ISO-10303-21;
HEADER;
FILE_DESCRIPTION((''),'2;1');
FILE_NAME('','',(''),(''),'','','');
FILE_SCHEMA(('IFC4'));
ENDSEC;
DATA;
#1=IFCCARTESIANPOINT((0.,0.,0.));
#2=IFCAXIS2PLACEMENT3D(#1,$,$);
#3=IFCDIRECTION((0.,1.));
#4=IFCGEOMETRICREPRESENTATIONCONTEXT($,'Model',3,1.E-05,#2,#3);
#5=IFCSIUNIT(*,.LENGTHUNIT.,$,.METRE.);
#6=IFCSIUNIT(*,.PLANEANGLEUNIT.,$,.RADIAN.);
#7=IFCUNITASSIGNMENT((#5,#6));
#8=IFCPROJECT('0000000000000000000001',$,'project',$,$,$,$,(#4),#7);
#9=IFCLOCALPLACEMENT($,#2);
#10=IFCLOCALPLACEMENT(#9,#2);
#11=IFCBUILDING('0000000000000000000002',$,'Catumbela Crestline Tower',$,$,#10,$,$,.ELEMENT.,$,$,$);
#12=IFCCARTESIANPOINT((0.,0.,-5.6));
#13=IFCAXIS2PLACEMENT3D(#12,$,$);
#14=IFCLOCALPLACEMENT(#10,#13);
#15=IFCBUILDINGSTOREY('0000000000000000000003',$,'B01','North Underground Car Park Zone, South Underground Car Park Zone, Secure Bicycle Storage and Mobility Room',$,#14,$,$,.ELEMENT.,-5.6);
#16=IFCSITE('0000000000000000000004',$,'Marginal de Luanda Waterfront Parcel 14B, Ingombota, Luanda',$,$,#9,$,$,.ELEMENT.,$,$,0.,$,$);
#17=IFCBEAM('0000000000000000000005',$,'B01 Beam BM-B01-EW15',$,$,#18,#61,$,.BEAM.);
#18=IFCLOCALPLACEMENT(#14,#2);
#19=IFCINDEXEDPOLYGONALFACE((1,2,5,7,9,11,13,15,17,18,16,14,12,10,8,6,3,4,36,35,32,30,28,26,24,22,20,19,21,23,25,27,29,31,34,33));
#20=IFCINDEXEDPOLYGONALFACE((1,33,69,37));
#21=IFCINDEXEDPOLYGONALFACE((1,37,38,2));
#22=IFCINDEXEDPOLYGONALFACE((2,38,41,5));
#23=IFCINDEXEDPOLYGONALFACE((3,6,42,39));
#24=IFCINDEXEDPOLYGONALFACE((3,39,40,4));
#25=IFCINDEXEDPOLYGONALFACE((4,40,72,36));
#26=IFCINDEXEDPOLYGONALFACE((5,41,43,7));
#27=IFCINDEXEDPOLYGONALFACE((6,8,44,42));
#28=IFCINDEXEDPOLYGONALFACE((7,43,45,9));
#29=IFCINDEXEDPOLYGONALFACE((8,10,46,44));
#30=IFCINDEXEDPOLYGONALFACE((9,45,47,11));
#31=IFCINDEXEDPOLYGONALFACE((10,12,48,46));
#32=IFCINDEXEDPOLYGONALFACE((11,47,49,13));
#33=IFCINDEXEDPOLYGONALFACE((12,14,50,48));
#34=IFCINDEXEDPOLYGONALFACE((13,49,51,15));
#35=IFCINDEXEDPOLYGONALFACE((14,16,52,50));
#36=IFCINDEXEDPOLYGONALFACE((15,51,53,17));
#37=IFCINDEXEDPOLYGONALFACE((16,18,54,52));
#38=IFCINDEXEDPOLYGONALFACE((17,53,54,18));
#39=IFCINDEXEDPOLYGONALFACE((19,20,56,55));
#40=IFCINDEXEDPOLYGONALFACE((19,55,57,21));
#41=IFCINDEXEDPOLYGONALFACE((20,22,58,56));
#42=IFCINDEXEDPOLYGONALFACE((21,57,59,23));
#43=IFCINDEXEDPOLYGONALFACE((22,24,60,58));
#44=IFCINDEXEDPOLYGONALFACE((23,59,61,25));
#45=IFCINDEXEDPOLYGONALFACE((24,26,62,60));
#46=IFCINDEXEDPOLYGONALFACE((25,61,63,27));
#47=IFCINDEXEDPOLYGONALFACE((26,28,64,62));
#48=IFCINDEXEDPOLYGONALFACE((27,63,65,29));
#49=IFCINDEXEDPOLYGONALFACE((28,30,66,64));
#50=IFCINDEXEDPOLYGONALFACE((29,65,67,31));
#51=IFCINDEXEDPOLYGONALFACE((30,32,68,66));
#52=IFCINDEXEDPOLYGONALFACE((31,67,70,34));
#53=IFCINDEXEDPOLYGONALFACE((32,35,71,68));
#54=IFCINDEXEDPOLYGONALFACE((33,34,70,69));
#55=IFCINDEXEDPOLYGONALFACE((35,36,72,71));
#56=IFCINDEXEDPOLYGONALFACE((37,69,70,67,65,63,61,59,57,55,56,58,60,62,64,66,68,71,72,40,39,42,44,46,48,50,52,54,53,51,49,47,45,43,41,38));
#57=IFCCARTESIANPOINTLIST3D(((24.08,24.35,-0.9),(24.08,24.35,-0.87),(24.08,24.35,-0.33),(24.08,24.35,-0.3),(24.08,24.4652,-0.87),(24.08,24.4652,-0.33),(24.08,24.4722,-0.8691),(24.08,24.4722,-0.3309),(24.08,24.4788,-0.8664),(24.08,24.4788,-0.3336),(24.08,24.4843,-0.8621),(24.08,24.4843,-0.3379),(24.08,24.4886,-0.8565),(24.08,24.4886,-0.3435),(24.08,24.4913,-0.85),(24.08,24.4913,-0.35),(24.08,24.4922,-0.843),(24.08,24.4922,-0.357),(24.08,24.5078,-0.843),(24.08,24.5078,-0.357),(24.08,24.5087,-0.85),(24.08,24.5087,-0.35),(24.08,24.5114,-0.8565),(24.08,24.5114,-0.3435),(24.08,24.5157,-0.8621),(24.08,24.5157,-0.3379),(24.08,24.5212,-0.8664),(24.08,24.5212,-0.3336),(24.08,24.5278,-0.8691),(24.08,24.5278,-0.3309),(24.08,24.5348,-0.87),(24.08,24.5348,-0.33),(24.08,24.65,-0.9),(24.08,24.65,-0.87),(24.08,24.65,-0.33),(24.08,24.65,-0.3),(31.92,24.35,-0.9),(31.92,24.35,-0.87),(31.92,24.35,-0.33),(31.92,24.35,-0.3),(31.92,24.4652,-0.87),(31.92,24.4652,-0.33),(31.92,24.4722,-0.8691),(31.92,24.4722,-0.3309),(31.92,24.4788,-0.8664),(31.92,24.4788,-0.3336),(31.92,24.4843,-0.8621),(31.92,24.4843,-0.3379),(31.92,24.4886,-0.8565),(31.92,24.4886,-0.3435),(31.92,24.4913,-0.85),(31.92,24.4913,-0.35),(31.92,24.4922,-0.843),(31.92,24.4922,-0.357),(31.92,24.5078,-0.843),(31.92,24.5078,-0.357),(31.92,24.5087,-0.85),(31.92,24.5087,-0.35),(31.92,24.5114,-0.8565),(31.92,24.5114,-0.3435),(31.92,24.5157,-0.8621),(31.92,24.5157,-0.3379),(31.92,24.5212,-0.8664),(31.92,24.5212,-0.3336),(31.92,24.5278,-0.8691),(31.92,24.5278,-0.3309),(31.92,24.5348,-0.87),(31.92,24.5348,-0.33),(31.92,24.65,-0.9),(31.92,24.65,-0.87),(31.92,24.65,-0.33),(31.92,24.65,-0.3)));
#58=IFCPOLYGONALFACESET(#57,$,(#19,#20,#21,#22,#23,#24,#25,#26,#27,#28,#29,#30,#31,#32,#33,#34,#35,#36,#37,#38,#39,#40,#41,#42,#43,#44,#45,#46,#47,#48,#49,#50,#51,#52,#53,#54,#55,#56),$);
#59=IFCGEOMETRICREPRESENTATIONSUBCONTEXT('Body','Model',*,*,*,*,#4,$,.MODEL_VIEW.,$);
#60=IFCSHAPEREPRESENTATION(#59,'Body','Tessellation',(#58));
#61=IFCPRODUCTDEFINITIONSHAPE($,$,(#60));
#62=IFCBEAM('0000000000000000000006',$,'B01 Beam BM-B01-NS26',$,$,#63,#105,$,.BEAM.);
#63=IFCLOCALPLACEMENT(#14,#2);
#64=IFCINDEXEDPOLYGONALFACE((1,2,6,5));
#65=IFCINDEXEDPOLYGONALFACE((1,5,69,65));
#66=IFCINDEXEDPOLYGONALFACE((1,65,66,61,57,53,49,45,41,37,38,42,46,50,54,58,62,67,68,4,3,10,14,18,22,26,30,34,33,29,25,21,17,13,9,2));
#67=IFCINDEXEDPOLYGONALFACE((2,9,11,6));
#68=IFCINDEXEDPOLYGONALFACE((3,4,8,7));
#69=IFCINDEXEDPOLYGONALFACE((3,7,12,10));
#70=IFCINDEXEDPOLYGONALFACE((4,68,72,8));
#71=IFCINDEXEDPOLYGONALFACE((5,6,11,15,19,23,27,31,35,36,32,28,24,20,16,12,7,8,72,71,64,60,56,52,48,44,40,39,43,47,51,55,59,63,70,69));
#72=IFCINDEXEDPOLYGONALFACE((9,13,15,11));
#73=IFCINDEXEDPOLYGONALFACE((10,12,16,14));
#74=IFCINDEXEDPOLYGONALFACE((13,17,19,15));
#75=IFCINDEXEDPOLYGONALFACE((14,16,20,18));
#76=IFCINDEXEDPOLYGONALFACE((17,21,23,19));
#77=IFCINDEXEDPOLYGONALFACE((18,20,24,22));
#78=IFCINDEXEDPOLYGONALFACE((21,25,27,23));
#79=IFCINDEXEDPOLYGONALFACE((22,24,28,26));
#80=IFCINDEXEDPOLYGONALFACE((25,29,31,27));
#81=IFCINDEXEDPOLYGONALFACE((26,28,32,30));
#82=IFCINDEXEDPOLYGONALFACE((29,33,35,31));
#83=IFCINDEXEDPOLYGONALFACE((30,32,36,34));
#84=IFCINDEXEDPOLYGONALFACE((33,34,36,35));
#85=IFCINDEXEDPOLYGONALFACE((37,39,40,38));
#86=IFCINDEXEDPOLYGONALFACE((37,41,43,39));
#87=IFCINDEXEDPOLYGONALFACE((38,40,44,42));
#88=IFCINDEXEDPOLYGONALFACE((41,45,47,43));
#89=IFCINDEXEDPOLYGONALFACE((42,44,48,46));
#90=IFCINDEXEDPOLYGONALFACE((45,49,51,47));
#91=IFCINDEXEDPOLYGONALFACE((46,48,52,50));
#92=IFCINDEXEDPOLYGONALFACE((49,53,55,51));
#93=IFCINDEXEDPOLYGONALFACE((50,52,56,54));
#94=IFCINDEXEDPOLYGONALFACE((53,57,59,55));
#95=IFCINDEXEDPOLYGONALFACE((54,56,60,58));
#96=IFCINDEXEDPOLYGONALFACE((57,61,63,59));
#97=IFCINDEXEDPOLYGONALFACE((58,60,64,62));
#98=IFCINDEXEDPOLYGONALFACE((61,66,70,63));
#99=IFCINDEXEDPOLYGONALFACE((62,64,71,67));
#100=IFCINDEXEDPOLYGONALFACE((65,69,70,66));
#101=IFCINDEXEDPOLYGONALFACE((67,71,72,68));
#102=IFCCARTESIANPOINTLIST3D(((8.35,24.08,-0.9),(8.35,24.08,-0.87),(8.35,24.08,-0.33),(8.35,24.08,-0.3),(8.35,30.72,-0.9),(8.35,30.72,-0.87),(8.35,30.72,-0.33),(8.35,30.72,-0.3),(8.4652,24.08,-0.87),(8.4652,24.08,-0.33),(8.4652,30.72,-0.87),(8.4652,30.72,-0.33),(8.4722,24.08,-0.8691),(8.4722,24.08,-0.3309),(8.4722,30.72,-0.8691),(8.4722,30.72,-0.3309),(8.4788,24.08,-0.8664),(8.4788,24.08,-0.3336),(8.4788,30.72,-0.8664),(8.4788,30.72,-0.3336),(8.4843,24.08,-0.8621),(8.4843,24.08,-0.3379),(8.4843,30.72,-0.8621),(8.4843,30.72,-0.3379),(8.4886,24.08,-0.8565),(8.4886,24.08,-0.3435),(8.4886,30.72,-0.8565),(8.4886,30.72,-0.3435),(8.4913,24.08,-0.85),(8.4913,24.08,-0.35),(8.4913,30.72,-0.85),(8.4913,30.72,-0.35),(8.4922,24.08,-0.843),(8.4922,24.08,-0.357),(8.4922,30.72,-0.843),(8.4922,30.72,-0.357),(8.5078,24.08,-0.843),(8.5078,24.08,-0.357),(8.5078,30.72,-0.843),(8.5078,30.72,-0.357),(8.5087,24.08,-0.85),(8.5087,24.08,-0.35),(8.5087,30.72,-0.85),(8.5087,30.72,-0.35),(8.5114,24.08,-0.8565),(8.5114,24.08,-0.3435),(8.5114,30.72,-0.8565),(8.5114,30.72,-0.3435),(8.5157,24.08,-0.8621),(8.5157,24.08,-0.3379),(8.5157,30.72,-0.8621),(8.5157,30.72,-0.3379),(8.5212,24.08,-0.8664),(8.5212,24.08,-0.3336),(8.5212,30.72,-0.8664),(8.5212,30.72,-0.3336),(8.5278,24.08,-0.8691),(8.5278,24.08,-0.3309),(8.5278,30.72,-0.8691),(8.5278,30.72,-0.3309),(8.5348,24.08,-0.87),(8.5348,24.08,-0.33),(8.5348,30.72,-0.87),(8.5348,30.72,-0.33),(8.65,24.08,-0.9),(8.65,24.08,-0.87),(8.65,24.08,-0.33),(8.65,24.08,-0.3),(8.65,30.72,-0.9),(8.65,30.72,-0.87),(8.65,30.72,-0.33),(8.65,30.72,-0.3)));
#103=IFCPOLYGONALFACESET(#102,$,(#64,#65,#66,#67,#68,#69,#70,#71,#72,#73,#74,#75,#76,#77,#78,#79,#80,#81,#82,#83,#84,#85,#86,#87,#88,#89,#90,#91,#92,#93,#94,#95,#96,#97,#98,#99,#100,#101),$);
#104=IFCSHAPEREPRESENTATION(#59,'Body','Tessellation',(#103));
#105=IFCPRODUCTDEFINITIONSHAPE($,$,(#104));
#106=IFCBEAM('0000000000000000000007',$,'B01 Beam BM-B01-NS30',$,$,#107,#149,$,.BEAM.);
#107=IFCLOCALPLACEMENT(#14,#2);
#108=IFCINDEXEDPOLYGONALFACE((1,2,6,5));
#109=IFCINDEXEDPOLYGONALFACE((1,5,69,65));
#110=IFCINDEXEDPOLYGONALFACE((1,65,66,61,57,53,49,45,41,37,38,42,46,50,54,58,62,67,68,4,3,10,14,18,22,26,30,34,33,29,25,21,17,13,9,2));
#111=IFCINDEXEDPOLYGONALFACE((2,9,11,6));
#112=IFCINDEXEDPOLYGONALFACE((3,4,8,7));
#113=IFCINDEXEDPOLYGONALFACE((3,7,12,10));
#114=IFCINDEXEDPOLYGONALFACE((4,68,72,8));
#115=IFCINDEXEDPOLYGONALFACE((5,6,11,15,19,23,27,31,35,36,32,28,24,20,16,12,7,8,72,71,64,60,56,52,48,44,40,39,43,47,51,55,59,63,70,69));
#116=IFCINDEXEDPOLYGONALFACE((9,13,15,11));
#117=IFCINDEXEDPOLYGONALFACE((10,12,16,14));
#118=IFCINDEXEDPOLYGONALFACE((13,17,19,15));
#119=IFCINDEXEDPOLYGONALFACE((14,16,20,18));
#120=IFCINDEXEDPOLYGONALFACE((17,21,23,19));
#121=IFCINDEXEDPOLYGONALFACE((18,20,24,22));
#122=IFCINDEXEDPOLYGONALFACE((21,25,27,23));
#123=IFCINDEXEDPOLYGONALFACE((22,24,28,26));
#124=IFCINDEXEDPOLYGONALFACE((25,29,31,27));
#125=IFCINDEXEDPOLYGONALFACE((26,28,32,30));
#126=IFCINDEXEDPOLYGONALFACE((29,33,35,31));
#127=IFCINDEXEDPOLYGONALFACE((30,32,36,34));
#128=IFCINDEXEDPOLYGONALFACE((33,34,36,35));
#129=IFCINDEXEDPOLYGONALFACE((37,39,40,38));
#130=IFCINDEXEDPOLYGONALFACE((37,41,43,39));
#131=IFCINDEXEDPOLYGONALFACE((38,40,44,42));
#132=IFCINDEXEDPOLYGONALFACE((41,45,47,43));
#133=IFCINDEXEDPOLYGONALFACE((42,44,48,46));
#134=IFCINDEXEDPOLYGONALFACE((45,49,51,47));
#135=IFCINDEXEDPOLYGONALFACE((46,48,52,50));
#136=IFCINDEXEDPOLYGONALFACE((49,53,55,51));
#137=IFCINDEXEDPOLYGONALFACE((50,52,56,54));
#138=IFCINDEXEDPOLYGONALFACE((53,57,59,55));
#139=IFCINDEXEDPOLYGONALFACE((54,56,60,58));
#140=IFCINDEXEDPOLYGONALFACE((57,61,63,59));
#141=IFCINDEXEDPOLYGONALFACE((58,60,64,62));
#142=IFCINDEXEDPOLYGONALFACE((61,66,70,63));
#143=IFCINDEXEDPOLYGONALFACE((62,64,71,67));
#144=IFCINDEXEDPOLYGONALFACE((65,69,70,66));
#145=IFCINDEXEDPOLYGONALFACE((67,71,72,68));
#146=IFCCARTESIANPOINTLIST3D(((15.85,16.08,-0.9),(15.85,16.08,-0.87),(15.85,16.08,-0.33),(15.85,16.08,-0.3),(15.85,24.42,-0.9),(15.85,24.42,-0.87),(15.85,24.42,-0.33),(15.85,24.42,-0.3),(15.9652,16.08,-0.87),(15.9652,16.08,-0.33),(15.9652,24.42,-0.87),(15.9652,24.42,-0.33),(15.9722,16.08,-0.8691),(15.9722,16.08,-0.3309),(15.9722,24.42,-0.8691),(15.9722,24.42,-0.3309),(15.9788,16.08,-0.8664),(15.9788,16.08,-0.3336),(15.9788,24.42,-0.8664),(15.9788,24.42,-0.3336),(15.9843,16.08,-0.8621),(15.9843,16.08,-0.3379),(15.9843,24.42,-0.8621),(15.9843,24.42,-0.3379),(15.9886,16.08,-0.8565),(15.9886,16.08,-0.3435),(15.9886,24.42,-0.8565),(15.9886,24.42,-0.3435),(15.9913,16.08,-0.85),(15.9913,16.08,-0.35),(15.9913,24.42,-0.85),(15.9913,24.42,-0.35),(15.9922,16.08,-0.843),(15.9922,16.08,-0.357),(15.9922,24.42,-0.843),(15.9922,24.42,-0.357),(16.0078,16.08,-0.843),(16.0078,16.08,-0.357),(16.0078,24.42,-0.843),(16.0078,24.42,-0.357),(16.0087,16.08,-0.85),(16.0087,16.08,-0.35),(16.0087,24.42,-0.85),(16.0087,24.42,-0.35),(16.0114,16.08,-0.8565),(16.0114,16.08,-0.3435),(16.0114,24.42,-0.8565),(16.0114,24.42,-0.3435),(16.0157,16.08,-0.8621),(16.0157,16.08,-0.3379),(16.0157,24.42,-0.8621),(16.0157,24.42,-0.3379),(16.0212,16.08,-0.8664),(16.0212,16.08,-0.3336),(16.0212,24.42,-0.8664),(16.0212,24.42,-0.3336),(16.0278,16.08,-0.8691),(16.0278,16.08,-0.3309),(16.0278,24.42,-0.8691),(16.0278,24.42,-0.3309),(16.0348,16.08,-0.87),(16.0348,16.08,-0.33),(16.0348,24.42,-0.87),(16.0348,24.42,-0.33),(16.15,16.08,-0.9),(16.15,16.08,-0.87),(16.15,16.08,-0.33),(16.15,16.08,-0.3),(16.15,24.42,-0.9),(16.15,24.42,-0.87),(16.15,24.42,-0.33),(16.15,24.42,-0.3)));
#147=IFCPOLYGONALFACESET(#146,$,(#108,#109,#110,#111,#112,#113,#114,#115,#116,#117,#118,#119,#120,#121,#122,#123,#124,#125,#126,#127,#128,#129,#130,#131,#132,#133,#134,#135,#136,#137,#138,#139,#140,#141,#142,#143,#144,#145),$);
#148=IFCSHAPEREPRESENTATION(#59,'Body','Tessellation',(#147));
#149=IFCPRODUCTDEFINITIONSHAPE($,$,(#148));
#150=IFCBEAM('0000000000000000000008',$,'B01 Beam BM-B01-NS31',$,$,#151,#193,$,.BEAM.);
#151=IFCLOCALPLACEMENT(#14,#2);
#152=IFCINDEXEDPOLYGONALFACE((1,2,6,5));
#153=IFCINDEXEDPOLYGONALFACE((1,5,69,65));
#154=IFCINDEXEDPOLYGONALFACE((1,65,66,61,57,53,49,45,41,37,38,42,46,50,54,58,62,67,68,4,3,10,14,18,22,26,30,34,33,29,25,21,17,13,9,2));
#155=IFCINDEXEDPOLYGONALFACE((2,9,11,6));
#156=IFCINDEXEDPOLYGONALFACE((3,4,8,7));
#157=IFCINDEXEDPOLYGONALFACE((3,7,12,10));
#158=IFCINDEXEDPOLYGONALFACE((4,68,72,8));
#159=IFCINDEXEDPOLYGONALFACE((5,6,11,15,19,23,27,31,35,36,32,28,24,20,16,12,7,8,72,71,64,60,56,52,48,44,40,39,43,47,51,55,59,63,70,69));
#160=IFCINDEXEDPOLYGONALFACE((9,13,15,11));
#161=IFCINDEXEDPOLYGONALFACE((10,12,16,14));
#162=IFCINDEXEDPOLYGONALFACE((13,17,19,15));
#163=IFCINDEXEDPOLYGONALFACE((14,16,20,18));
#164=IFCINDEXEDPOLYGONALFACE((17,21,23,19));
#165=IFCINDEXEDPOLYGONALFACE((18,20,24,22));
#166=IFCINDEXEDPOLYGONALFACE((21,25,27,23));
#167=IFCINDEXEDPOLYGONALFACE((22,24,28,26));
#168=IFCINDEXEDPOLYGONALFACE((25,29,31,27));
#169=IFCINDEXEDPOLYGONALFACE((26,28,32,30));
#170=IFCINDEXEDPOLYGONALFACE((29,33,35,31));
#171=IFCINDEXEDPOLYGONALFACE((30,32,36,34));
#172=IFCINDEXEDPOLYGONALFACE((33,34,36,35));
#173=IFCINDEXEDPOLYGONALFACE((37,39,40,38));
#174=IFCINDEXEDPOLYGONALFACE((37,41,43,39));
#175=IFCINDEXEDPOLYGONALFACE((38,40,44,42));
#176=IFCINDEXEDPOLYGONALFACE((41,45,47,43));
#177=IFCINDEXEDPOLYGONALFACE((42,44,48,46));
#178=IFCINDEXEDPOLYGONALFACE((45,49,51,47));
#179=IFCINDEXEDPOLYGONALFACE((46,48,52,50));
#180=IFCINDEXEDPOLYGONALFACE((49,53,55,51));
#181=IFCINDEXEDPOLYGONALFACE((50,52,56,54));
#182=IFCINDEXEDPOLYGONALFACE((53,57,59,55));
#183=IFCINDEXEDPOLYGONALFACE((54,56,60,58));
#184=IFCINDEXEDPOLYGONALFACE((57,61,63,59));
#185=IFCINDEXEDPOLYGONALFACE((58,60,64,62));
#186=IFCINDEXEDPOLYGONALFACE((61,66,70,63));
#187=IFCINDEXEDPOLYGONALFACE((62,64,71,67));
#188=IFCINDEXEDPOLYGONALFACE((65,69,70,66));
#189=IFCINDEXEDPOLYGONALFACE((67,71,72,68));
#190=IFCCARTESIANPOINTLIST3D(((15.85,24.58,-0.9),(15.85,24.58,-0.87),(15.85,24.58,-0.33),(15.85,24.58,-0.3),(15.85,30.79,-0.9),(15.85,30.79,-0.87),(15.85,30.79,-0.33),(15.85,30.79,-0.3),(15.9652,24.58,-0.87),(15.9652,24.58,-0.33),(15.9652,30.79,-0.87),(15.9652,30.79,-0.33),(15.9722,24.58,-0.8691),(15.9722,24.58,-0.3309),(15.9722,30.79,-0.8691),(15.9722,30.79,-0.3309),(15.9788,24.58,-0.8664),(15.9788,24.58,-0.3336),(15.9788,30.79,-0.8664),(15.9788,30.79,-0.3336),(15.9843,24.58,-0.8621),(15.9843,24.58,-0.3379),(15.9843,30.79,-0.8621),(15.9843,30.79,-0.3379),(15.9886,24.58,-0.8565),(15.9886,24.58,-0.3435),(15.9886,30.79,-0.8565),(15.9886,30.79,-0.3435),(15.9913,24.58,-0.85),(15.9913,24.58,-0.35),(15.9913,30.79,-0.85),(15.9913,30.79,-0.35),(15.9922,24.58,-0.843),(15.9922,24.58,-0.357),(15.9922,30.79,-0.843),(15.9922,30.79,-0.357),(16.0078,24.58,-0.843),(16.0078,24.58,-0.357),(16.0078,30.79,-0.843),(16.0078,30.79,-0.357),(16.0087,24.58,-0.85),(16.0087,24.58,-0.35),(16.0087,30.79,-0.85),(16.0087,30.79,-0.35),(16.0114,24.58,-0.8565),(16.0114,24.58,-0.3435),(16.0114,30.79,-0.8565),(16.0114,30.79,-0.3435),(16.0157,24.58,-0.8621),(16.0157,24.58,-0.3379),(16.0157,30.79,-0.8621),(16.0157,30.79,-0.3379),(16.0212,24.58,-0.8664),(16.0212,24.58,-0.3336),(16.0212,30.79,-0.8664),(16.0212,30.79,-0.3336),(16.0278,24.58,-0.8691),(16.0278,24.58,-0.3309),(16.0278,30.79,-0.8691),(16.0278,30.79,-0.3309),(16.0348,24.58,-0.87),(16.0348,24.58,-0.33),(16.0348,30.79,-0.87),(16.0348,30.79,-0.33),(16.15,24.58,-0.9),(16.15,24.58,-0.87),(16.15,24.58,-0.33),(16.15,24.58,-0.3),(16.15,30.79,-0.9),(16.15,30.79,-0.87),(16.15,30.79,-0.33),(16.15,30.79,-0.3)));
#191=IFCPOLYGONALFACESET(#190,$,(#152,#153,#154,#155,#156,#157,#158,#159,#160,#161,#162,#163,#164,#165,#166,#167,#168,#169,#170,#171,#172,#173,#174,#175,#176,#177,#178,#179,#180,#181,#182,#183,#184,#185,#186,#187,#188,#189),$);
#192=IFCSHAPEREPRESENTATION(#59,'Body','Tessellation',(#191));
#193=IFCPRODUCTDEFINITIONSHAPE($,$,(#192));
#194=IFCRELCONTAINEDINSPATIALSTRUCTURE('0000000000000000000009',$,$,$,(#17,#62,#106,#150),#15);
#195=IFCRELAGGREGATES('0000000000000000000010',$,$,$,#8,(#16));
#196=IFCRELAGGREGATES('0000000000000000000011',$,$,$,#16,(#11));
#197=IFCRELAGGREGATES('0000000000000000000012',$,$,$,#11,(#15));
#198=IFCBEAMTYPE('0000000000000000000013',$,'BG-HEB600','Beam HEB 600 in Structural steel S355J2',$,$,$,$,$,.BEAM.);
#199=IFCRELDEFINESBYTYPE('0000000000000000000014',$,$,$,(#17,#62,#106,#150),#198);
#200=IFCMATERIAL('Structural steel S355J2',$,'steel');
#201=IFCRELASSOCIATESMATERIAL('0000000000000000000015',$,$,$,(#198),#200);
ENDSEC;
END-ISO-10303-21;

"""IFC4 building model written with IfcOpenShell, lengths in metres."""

from ifc_helpers import new_model, si_unit, direction, frame, origin, origin_2d, place, context, subcontext, project, spatial, i_section, extrude, material, material_profile, profile_set, type_object, element, save


model = new_model("IFC4")

# Units and contexts
model_context = context("Model", 3, precision=1e-05, world=origin(), true_north=direction((0.0, 1.0)))
body_context = subcontext(model_context, "Body", "Model", "MODEL_VIEW")
ifc_project = project(units=[si_unit("LENGTHUNIT", "METRE"), si_unit("PLANEANGLEUNIT", "RADIAN")], contexts=[model_context])

# Site, building, storey
site_placement = place(None, origin())
site = spatial("IfcSite", under=ifc_project, at=site_placement, Name="Marginal de Luanda Waterfront Parcel 14B, Ingombota, Luanda", CompositionType="ELEMENT", RefElevation=0.0)
building_placement = place(site_placement, origin())
building = spatial("IfcBuilding", under=site, at=building_placement, Name="Catumbela Crestline Tower", CompositionType="ELEMENT")
storey_placement = place(building_placement, frame((0.0, 0.0, -5.6)))
storey = spatial("IfcBuildingStorey", under=building, at=storey_placement, Name="B01", Description="North Underground Car Park Zone, South Underground Car Park Zone, Secure Bicycle Storage and Mobility Room", CompositionType="ELEMENT", Elevation=-5.6)

# Beams
ifc_material_1 = material(Name="Structural steel S355J2", Category="steel")
ifc_material_profile_1 = material_profile(ifc_material_1, i_section(OverallWidth=0.3, OverallDepth=0.6, WebThickness=0.0155, FlangeThickness=0.03, FilletRadius=0.027, at=origin_2d()), Name="HEB 600")
ifc_profile_set_1 = profile_set([ifc_material_profile_1], Name="Structural steel S355J2")
beam_type_1 = type_object("IfcBeamType", Name="BG-HEB600", Description="Beam HEB 600 in Structural steel S355J2", PredefinedType="BEAM", material=ifc_profile_set_1)
for number, where, z_axis, x_axis, name in (
    (1, (24.08, 24.5, -0.6), (1.0, 0.0, 0.0), (0.0, 1.0, 0.0), "B01 Beam BM-B01-EW15"),
):
    element("IfcBeam", number, at=place(storey_placement, frame(where, z_axis=z_axis, x_axis=x_axis)), inside=storey, type_object=beam_type_1, Name=name, PredefinedType="BEAM", context=body_context, shape_type="SweptSolid", body=[
        extrude(i_section(OverallWidth=0.3, OverallDepth=0.6, WebThickness=0.0155, FlangeThickness=0.03, FilletRadius=0.027, at=origin_2d()), origin(), (0.0, 0.0, 1.0), 7.84),
    ])
beam_1_placement = place(storey_placement, frame((8.5, 24.08, -0.6), z_axis=(0.0, 1.0, 0.0), x_axis=(-1.0, 0.0, 0.0)))
element("IfcBeam", 2, at=beam_1_placement, inside=storey, type_object=beam_type_1, Name="B01 Beam BM-B01-NS26", PredefinedType="BEAM", context=body_context, shape_type="SweptSolid", body=[
    extrude(i_section(OverallWidth=0.3, OverallDepth=0.6, WebThickness=0.0155, FlangeThickness=0.03, FilletRadius=0.027, at=origin_2d()), origin(), (0.0, 0.0, 1.0), 6.64),
])
beam_2_placement = place(storey_placement, frame((16.0, 16.08, -0.6), z_axis=(0.0, 1.0, 0.0), x_axis=(-1.0, 0.0, 0.0)))
element("IfcBeam", 3, at=beam_2_placement, inside=storey, type_object=beam_type_1, Name="B01 Beam BM-B01-NS30", PredefinedType="BEAM", context=body_context, shape_type="SweptSolid", body=[
    extrude(i_section(OverallWidth=0.3, OverallDepth=0.6, WebThickness=0.0155, FlangeThickness=0.03, FilletRadius=0.027, at=origin_2d()), origin(), (0.0, 0.0, 1.0), 8.34),
])
beam_3_placement = place(storey_placement, frame((16.0, 24.58, -0.6), z_axis=(0.0, 1.0, 0.0), x_axis=(-1.0, 0.0, 0.0)))
element("IfcBeam", 4, at=beam_3_placement, inside=storey, type_object=beam_type_1, Name="B01 Beam BM-B01-NS31", PredefinedType="BEAM", context=body_context, shape_type="SweptSolid", body=[
    extrude(i_section(OverallWidth=0.3, OverallDepth=0.6, WebThickness=0.0155, FlangeThickness=0.03, FilletRadius=0.027, at=origin_2d()), origin(), (0.0, 0.0, 1.0), 6.21),
])

save(model, "model.ifc")
